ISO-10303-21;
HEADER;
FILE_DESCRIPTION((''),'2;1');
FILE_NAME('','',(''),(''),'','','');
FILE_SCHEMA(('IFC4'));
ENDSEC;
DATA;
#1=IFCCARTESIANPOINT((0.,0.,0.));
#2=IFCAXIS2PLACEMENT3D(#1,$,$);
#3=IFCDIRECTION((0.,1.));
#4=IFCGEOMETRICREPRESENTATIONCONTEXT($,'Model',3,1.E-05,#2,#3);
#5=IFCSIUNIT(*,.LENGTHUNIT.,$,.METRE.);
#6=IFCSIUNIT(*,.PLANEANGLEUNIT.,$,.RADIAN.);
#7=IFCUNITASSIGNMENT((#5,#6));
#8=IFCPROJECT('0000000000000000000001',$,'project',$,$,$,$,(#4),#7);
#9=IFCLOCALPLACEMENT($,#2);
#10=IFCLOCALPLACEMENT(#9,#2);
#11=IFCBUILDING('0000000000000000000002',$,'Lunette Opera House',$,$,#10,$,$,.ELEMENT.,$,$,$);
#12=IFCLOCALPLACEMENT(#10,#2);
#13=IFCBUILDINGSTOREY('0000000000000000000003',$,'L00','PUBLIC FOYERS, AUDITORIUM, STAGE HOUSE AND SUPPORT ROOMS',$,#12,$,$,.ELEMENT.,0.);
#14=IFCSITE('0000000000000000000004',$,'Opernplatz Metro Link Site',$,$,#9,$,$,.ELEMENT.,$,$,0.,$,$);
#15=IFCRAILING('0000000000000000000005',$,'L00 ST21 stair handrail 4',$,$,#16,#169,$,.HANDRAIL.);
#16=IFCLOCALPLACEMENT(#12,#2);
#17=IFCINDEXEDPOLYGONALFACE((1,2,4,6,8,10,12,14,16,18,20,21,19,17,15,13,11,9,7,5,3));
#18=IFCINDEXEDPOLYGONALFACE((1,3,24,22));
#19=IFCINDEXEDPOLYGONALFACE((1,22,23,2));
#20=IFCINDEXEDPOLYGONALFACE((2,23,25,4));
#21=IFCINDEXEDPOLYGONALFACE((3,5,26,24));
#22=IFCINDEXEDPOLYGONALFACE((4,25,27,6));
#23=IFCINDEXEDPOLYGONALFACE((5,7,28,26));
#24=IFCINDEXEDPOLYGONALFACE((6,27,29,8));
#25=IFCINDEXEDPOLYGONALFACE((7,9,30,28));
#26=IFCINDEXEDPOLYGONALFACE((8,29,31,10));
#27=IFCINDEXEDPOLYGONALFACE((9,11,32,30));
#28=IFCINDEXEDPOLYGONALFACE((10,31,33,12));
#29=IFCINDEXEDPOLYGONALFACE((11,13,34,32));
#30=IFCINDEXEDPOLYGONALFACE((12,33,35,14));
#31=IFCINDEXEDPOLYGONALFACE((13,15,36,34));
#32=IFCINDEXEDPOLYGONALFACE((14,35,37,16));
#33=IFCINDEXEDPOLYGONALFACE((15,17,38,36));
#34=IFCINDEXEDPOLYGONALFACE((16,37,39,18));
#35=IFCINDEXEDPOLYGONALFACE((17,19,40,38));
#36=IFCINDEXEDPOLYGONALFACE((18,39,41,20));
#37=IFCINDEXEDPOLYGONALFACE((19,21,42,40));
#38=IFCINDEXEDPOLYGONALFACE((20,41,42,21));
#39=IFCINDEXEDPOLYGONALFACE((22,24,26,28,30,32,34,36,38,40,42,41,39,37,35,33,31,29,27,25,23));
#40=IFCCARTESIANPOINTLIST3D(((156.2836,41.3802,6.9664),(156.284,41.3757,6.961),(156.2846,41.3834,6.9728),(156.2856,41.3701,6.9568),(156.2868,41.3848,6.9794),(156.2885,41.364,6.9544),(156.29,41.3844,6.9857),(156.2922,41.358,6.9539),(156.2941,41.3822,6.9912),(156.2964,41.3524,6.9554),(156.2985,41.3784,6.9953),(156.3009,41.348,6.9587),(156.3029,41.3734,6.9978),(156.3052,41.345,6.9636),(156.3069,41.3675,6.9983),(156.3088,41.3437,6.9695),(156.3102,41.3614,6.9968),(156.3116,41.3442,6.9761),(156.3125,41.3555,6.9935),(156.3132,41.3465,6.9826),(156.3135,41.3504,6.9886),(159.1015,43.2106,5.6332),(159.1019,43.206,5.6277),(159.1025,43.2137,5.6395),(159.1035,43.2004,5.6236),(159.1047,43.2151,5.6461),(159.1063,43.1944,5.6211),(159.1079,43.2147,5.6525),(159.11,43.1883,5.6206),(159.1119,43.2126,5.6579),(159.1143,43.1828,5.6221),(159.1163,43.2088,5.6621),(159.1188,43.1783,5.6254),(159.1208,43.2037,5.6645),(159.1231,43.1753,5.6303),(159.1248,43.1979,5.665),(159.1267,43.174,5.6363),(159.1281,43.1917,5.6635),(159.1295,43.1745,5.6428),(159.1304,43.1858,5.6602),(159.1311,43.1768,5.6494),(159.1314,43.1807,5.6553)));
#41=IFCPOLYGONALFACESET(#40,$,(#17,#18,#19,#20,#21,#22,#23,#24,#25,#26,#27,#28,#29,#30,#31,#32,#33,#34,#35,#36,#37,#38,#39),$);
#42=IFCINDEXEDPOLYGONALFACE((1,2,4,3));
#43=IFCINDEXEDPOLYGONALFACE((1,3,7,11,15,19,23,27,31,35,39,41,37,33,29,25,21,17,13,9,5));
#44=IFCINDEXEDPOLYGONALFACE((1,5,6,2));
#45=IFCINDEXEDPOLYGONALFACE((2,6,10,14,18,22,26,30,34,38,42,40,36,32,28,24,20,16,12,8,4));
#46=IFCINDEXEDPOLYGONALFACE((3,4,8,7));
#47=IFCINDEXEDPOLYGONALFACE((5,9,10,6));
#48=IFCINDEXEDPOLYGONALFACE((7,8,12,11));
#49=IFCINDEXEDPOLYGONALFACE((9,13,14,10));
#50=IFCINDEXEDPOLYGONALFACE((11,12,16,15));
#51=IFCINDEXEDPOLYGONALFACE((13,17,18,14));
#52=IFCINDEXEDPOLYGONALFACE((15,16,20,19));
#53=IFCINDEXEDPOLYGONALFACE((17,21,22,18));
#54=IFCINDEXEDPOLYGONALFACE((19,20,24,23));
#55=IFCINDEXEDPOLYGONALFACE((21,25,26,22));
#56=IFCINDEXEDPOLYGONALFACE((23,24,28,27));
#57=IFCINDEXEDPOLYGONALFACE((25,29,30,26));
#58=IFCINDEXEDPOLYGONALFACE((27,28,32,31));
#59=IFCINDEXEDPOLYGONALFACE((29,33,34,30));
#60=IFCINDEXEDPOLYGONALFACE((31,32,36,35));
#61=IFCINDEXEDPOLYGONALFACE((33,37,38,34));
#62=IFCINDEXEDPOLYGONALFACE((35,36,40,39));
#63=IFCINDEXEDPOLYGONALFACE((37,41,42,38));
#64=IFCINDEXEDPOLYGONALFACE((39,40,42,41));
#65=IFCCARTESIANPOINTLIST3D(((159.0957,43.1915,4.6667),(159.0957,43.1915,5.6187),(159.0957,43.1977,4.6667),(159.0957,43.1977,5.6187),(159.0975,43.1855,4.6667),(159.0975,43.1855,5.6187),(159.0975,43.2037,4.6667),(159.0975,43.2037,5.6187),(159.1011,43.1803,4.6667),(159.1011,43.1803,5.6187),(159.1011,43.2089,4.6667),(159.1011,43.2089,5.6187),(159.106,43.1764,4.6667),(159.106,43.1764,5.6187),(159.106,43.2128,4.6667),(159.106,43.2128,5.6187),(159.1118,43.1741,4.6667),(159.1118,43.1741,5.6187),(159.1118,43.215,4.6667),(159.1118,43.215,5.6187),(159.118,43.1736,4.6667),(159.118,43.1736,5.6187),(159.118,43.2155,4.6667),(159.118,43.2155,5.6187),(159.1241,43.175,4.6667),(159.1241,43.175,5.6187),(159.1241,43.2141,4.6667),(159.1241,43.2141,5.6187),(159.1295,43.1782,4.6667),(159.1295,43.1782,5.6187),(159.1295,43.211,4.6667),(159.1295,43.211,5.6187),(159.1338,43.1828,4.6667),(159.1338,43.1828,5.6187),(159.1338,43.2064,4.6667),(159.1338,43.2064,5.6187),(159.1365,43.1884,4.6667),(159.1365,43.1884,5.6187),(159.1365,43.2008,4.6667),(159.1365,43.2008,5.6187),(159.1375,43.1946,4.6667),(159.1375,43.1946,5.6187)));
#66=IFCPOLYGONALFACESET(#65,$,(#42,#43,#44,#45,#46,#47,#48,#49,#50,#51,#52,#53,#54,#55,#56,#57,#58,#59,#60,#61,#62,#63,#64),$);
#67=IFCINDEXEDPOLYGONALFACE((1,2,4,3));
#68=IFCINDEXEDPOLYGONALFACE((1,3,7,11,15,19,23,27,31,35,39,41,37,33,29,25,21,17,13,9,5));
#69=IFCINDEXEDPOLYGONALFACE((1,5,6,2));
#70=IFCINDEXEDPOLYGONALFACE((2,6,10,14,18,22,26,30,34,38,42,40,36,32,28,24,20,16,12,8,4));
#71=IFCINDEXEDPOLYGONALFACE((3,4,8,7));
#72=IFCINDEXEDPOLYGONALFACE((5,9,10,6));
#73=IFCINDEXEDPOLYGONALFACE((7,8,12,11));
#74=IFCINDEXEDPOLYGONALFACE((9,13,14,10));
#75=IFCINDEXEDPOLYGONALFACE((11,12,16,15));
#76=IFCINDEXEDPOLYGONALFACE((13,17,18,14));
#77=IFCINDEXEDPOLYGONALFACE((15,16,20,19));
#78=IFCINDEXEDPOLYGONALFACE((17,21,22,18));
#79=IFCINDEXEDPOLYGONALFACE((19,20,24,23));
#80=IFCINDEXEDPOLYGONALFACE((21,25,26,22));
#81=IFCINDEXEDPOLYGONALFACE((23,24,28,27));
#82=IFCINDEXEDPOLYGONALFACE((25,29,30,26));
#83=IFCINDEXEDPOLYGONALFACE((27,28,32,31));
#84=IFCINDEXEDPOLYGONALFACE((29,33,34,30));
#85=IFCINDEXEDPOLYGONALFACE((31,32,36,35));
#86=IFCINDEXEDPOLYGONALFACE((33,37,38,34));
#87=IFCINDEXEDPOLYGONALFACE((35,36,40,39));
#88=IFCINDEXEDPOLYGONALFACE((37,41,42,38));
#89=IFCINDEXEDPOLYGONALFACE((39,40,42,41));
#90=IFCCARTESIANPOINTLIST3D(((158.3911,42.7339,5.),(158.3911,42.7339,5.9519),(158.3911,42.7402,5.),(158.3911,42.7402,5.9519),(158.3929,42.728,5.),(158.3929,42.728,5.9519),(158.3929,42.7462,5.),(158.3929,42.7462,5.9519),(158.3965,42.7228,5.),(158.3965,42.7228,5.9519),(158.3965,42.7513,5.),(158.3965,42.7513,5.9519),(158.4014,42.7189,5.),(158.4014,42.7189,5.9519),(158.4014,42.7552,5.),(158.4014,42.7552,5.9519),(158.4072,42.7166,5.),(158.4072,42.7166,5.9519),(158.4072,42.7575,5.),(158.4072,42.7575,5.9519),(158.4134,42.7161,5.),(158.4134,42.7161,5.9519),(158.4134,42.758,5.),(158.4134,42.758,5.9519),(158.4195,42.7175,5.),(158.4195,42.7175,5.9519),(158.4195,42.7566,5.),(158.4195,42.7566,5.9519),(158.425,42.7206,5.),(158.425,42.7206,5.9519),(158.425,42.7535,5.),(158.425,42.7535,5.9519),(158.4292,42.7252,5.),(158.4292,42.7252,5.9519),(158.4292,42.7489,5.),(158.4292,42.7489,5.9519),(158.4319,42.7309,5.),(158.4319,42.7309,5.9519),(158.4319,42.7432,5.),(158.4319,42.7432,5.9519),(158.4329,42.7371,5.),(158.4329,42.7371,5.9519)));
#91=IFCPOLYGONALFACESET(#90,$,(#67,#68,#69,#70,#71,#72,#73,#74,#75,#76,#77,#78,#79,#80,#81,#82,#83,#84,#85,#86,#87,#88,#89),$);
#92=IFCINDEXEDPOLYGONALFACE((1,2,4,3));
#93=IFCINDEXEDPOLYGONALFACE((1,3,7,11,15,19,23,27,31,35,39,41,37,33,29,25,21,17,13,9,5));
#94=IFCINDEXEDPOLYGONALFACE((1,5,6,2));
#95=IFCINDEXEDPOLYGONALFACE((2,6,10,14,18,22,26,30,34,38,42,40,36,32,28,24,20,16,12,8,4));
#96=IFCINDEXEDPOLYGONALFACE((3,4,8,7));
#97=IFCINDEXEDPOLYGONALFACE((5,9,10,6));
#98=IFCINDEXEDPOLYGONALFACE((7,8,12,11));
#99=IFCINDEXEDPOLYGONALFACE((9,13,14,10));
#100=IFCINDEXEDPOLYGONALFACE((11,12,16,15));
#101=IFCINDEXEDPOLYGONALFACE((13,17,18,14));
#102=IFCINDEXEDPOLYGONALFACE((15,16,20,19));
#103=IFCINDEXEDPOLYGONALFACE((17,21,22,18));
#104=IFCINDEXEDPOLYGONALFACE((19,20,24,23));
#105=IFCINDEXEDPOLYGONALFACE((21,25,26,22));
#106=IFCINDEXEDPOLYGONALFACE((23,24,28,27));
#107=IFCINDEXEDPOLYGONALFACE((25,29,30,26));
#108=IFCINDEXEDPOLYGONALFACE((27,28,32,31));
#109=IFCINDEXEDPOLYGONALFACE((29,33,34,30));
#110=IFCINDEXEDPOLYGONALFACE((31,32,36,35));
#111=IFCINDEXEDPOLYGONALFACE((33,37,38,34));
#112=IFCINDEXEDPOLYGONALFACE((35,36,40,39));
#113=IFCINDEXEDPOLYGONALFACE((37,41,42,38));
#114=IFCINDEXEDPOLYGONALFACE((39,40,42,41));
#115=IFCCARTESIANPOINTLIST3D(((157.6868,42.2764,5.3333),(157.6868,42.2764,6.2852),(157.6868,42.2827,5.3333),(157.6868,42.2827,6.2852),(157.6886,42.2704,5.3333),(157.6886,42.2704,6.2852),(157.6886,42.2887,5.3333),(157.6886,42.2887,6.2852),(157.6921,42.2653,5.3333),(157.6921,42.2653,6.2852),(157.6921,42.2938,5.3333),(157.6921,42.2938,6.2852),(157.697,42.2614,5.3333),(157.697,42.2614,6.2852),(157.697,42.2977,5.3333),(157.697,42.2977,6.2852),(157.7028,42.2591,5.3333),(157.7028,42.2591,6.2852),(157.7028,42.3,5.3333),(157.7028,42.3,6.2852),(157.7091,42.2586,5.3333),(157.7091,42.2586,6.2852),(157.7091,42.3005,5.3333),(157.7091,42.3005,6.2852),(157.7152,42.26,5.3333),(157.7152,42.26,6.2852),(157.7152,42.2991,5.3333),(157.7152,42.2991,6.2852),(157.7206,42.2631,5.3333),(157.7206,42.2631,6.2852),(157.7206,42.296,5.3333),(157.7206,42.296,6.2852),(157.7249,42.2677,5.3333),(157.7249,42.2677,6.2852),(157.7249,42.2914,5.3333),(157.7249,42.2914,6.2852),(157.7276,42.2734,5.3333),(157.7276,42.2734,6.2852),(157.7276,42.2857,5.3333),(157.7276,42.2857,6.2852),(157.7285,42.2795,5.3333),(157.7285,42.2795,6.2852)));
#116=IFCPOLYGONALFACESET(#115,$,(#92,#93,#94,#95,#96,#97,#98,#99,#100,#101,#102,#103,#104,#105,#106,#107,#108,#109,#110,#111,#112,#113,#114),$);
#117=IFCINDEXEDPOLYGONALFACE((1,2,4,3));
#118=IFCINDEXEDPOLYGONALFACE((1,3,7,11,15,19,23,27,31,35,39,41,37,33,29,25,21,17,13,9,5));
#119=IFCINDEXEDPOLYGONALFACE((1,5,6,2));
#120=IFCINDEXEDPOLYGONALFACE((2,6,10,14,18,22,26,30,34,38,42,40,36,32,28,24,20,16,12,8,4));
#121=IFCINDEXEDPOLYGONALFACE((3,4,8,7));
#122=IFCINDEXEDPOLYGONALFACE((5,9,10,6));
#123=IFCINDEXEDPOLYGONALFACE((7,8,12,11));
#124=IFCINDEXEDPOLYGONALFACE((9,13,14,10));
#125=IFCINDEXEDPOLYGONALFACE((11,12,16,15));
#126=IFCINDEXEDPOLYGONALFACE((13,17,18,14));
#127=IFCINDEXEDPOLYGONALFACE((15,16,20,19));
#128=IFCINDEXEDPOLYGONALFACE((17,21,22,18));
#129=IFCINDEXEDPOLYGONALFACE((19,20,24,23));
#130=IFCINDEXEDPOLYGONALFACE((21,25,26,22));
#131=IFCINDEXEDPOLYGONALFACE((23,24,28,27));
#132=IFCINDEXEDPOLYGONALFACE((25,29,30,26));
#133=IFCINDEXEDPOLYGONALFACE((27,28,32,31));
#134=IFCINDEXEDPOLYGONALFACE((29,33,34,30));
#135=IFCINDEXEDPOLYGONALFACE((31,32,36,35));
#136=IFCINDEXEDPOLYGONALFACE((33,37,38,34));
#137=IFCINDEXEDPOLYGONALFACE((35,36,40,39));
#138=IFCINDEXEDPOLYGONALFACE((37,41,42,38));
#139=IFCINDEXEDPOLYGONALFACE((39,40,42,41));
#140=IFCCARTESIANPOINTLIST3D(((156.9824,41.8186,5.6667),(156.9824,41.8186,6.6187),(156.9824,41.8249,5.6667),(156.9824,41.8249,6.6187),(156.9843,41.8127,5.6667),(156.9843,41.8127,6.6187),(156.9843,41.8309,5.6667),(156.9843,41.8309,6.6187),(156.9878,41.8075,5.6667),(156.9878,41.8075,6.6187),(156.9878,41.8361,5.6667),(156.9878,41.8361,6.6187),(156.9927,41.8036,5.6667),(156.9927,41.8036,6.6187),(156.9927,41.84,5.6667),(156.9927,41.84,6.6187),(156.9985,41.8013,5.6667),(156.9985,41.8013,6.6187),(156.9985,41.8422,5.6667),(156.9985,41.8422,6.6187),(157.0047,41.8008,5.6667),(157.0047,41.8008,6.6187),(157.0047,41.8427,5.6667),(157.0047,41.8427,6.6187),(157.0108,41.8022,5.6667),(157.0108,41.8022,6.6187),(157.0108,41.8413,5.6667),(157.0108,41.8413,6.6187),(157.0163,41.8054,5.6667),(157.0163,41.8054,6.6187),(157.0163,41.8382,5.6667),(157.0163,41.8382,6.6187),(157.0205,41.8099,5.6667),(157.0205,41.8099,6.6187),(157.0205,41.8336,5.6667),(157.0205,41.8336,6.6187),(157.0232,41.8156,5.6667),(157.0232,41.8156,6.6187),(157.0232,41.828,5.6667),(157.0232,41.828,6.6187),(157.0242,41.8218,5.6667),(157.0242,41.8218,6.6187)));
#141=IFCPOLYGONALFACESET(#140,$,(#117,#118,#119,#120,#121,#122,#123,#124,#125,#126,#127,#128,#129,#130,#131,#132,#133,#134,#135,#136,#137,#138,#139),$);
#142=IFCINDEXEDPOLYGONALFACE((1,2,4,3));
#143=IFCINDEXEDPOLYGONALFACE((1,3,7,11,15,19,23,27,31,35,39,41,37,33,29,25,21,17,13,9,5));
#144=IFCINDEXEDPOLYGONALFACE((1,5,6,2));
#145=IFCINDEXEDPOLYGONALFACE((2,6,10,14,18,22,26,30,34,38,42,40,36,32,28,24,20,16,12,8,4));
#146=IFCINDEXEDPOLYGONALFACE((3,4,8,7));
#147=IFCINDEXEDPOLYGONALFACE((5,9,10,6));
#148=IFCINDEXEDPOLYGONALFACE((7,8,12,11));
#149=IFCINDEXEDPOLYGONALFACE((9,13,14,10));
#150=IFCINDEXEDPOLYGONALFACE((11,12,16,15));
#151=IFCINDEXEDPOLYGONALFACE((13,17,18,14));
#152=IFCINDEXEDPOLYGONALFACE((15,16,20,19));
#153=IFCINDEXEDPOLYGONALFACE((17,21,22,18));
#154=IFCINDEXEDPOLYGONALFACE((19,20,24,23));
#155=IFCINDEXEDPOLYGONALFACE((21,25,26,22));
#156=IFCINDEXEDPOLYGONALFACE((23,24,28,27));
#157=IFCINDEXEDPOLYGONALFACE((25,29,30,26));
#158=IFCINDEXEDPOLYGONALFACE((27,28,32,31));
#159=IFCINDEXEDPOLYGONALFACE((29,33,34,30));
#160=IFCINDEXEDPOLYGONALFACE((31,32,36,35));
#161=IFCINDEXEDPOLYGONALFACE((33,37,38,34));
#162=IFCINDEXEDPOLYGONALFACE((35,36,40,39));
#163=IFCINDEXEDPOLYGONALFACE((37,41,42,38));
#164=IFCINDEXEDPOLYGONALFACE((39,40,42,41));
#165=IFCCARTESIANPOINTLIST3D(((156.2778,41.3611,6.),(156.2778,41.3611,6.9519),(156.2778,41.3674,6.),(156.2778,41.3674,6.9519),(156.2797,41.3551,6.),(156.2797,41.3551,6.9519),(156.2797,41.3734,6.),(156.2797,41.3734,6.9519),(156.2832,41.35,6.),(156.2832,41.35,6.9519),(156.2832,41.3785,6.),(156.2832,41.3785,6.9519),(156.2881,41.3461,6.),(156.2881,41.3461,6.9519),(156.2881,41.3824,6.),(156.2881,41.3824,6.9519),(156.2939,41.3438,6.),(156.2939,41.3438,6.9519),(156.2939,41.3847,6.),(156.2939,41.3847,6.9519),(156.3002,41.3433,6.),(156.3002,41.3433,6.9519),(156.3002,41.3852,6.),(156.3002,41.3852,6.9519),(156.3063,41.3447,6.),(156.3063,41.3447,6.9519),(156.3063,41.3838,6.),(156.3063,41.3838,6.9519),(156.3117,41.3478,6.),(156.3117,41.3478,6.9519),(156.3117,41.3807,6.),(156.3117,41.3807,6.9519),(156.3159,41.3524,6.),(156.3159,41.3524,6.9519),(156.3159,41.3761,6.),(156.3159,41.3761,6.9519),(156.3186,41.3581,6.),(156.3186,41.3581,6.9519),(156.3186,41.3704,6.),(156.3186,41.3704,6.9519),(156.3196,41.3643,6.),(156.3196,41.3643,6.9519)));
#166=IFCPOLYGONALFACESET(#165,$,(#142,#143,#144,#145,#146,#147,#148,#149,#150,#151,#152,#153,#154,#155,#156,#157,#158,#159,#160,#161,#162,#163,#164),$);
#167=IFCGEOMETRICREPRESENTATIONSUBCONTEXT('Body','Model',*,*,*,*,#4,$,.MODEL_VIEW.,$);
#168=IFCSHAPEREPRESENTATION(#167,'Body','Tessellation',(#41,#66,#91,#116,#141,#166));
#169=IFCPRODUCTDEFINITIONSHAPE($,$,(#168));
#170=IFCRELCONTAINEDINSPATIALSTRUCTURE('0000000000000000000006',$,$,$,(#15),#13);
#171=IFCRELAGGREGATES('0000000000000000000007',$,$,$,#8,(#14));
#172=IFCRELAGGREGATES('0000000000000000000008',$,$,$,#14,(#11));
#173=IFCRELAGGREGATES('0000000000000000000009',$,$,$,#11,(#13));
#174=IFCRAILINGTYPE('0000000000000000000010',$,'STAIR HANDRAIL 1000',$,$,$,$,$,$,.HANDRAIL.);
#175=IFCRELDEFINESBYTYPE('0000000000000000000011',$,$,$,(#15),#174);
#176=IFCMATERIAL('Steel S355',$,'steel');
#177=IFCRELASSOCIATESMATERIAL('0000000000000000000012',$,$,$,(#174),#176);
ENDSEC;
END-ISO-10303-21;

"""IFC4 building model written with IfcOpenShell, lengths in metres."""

from ifc_helpers import new_model, si_unit, direction, frame, origin, origin_2d, place, context, subcontext, project, spatial, circle, extrude, material, type_object, element, save


model = new_model("IFC4")

# Units and contexts
model_context = context("Model", 3, precision=1e-05, world=origin(), true_north=direction((0.0, 1.0)))
body_context = subcontext(model_context, "Body", "Model", "MODEL_VIEW")
ifc_project = project(units=[si_unit("LENGTHUNIT", "METRE"), si_unit("PLANEANGLEUNIT", "RADIAN")], contexts=[model_context])

# Site, building, storey
site_placement = place(None, origin())
site = spatial("IfcSite", under=ifc_project, at=site_placement, Name="Opernplatz Metro Link Site", CompositionType="ELEMENT", RefElevation=0.0)
building_placement = place(site_placement, origin())
building = spatial("IfcBuilding", under=site, at=building_placement, Name="Lunette Opera House", CompositionType="ELEMENT")
storey_placement = place(building_placement, origin())
storey = spatial("IfcBuildingStorey", under=building, at=storey_placement, Name="L00", Description="PUBLIC FOYERS, AUDITORIUM, STAGE HOUSE AND SUPPORT ROOMS", CompositionType="ELEMENT", Elevation=0.0)

# Railing
ifc_material_1 = material(Name="Steel S355", Category="steel")
railing_type_1 = type_object("IfcRailingType", Name="STAIR HANDRAIL 1000", PredefinedType="HANDRAIL", material=ifc_material_1)
railing_1_placement = place(storey_placement, frame((159.1165, 43.1946, 4.6667)))
element("IfcRailing", 1, at=railing_1_placement, inside=storey, type_object=railing_type_1, Name="L00 ST21 stair handrail 4", PredefinedType="HANDRAIL", context=body_context, shape_type="SweptSolid", body=[
    extrude(circle(Radius=0.0239, at=origin_2d()), frame((0.0, 0.0, 0.9761), z_axis=(-0.7795, -0.506317, 0.368814), x_axis=(0.544718, -0.83862, 0.0)), (0.0, 0.0, 1.0), 3.615),
    extrude(circle(Radius=0.021, at=origin_2d()), origin(), (0.0, 0.0, 1.0), 0.9519),
    extrude(circle(Radius=0.021, at=origin_2d()), frame((-0.7046, -0.4575, 0.3333)), (0.0, 0.0, 1.0), 0.9519),
    extrude(circle(Radius=0.021, at=origin_2d()), frame((-1.4089, -0.915, 0.6665)), (0.0, 0.0, 1.0), 0.9519),
    extrude(circle(Radius=0.021, at=origin_2d()), frame((-2.1133, -1.3728, 1.0)), (0.0, 0.0, 1.0), 0.9519),
    extrude(circle(Radius=0.021, at=origin_2d()), frame((-2.8179, -1.8303, 1.3333)), (0.0, 0.0, 1.0), 0.9519),
])

save(model, "model.ifc")
